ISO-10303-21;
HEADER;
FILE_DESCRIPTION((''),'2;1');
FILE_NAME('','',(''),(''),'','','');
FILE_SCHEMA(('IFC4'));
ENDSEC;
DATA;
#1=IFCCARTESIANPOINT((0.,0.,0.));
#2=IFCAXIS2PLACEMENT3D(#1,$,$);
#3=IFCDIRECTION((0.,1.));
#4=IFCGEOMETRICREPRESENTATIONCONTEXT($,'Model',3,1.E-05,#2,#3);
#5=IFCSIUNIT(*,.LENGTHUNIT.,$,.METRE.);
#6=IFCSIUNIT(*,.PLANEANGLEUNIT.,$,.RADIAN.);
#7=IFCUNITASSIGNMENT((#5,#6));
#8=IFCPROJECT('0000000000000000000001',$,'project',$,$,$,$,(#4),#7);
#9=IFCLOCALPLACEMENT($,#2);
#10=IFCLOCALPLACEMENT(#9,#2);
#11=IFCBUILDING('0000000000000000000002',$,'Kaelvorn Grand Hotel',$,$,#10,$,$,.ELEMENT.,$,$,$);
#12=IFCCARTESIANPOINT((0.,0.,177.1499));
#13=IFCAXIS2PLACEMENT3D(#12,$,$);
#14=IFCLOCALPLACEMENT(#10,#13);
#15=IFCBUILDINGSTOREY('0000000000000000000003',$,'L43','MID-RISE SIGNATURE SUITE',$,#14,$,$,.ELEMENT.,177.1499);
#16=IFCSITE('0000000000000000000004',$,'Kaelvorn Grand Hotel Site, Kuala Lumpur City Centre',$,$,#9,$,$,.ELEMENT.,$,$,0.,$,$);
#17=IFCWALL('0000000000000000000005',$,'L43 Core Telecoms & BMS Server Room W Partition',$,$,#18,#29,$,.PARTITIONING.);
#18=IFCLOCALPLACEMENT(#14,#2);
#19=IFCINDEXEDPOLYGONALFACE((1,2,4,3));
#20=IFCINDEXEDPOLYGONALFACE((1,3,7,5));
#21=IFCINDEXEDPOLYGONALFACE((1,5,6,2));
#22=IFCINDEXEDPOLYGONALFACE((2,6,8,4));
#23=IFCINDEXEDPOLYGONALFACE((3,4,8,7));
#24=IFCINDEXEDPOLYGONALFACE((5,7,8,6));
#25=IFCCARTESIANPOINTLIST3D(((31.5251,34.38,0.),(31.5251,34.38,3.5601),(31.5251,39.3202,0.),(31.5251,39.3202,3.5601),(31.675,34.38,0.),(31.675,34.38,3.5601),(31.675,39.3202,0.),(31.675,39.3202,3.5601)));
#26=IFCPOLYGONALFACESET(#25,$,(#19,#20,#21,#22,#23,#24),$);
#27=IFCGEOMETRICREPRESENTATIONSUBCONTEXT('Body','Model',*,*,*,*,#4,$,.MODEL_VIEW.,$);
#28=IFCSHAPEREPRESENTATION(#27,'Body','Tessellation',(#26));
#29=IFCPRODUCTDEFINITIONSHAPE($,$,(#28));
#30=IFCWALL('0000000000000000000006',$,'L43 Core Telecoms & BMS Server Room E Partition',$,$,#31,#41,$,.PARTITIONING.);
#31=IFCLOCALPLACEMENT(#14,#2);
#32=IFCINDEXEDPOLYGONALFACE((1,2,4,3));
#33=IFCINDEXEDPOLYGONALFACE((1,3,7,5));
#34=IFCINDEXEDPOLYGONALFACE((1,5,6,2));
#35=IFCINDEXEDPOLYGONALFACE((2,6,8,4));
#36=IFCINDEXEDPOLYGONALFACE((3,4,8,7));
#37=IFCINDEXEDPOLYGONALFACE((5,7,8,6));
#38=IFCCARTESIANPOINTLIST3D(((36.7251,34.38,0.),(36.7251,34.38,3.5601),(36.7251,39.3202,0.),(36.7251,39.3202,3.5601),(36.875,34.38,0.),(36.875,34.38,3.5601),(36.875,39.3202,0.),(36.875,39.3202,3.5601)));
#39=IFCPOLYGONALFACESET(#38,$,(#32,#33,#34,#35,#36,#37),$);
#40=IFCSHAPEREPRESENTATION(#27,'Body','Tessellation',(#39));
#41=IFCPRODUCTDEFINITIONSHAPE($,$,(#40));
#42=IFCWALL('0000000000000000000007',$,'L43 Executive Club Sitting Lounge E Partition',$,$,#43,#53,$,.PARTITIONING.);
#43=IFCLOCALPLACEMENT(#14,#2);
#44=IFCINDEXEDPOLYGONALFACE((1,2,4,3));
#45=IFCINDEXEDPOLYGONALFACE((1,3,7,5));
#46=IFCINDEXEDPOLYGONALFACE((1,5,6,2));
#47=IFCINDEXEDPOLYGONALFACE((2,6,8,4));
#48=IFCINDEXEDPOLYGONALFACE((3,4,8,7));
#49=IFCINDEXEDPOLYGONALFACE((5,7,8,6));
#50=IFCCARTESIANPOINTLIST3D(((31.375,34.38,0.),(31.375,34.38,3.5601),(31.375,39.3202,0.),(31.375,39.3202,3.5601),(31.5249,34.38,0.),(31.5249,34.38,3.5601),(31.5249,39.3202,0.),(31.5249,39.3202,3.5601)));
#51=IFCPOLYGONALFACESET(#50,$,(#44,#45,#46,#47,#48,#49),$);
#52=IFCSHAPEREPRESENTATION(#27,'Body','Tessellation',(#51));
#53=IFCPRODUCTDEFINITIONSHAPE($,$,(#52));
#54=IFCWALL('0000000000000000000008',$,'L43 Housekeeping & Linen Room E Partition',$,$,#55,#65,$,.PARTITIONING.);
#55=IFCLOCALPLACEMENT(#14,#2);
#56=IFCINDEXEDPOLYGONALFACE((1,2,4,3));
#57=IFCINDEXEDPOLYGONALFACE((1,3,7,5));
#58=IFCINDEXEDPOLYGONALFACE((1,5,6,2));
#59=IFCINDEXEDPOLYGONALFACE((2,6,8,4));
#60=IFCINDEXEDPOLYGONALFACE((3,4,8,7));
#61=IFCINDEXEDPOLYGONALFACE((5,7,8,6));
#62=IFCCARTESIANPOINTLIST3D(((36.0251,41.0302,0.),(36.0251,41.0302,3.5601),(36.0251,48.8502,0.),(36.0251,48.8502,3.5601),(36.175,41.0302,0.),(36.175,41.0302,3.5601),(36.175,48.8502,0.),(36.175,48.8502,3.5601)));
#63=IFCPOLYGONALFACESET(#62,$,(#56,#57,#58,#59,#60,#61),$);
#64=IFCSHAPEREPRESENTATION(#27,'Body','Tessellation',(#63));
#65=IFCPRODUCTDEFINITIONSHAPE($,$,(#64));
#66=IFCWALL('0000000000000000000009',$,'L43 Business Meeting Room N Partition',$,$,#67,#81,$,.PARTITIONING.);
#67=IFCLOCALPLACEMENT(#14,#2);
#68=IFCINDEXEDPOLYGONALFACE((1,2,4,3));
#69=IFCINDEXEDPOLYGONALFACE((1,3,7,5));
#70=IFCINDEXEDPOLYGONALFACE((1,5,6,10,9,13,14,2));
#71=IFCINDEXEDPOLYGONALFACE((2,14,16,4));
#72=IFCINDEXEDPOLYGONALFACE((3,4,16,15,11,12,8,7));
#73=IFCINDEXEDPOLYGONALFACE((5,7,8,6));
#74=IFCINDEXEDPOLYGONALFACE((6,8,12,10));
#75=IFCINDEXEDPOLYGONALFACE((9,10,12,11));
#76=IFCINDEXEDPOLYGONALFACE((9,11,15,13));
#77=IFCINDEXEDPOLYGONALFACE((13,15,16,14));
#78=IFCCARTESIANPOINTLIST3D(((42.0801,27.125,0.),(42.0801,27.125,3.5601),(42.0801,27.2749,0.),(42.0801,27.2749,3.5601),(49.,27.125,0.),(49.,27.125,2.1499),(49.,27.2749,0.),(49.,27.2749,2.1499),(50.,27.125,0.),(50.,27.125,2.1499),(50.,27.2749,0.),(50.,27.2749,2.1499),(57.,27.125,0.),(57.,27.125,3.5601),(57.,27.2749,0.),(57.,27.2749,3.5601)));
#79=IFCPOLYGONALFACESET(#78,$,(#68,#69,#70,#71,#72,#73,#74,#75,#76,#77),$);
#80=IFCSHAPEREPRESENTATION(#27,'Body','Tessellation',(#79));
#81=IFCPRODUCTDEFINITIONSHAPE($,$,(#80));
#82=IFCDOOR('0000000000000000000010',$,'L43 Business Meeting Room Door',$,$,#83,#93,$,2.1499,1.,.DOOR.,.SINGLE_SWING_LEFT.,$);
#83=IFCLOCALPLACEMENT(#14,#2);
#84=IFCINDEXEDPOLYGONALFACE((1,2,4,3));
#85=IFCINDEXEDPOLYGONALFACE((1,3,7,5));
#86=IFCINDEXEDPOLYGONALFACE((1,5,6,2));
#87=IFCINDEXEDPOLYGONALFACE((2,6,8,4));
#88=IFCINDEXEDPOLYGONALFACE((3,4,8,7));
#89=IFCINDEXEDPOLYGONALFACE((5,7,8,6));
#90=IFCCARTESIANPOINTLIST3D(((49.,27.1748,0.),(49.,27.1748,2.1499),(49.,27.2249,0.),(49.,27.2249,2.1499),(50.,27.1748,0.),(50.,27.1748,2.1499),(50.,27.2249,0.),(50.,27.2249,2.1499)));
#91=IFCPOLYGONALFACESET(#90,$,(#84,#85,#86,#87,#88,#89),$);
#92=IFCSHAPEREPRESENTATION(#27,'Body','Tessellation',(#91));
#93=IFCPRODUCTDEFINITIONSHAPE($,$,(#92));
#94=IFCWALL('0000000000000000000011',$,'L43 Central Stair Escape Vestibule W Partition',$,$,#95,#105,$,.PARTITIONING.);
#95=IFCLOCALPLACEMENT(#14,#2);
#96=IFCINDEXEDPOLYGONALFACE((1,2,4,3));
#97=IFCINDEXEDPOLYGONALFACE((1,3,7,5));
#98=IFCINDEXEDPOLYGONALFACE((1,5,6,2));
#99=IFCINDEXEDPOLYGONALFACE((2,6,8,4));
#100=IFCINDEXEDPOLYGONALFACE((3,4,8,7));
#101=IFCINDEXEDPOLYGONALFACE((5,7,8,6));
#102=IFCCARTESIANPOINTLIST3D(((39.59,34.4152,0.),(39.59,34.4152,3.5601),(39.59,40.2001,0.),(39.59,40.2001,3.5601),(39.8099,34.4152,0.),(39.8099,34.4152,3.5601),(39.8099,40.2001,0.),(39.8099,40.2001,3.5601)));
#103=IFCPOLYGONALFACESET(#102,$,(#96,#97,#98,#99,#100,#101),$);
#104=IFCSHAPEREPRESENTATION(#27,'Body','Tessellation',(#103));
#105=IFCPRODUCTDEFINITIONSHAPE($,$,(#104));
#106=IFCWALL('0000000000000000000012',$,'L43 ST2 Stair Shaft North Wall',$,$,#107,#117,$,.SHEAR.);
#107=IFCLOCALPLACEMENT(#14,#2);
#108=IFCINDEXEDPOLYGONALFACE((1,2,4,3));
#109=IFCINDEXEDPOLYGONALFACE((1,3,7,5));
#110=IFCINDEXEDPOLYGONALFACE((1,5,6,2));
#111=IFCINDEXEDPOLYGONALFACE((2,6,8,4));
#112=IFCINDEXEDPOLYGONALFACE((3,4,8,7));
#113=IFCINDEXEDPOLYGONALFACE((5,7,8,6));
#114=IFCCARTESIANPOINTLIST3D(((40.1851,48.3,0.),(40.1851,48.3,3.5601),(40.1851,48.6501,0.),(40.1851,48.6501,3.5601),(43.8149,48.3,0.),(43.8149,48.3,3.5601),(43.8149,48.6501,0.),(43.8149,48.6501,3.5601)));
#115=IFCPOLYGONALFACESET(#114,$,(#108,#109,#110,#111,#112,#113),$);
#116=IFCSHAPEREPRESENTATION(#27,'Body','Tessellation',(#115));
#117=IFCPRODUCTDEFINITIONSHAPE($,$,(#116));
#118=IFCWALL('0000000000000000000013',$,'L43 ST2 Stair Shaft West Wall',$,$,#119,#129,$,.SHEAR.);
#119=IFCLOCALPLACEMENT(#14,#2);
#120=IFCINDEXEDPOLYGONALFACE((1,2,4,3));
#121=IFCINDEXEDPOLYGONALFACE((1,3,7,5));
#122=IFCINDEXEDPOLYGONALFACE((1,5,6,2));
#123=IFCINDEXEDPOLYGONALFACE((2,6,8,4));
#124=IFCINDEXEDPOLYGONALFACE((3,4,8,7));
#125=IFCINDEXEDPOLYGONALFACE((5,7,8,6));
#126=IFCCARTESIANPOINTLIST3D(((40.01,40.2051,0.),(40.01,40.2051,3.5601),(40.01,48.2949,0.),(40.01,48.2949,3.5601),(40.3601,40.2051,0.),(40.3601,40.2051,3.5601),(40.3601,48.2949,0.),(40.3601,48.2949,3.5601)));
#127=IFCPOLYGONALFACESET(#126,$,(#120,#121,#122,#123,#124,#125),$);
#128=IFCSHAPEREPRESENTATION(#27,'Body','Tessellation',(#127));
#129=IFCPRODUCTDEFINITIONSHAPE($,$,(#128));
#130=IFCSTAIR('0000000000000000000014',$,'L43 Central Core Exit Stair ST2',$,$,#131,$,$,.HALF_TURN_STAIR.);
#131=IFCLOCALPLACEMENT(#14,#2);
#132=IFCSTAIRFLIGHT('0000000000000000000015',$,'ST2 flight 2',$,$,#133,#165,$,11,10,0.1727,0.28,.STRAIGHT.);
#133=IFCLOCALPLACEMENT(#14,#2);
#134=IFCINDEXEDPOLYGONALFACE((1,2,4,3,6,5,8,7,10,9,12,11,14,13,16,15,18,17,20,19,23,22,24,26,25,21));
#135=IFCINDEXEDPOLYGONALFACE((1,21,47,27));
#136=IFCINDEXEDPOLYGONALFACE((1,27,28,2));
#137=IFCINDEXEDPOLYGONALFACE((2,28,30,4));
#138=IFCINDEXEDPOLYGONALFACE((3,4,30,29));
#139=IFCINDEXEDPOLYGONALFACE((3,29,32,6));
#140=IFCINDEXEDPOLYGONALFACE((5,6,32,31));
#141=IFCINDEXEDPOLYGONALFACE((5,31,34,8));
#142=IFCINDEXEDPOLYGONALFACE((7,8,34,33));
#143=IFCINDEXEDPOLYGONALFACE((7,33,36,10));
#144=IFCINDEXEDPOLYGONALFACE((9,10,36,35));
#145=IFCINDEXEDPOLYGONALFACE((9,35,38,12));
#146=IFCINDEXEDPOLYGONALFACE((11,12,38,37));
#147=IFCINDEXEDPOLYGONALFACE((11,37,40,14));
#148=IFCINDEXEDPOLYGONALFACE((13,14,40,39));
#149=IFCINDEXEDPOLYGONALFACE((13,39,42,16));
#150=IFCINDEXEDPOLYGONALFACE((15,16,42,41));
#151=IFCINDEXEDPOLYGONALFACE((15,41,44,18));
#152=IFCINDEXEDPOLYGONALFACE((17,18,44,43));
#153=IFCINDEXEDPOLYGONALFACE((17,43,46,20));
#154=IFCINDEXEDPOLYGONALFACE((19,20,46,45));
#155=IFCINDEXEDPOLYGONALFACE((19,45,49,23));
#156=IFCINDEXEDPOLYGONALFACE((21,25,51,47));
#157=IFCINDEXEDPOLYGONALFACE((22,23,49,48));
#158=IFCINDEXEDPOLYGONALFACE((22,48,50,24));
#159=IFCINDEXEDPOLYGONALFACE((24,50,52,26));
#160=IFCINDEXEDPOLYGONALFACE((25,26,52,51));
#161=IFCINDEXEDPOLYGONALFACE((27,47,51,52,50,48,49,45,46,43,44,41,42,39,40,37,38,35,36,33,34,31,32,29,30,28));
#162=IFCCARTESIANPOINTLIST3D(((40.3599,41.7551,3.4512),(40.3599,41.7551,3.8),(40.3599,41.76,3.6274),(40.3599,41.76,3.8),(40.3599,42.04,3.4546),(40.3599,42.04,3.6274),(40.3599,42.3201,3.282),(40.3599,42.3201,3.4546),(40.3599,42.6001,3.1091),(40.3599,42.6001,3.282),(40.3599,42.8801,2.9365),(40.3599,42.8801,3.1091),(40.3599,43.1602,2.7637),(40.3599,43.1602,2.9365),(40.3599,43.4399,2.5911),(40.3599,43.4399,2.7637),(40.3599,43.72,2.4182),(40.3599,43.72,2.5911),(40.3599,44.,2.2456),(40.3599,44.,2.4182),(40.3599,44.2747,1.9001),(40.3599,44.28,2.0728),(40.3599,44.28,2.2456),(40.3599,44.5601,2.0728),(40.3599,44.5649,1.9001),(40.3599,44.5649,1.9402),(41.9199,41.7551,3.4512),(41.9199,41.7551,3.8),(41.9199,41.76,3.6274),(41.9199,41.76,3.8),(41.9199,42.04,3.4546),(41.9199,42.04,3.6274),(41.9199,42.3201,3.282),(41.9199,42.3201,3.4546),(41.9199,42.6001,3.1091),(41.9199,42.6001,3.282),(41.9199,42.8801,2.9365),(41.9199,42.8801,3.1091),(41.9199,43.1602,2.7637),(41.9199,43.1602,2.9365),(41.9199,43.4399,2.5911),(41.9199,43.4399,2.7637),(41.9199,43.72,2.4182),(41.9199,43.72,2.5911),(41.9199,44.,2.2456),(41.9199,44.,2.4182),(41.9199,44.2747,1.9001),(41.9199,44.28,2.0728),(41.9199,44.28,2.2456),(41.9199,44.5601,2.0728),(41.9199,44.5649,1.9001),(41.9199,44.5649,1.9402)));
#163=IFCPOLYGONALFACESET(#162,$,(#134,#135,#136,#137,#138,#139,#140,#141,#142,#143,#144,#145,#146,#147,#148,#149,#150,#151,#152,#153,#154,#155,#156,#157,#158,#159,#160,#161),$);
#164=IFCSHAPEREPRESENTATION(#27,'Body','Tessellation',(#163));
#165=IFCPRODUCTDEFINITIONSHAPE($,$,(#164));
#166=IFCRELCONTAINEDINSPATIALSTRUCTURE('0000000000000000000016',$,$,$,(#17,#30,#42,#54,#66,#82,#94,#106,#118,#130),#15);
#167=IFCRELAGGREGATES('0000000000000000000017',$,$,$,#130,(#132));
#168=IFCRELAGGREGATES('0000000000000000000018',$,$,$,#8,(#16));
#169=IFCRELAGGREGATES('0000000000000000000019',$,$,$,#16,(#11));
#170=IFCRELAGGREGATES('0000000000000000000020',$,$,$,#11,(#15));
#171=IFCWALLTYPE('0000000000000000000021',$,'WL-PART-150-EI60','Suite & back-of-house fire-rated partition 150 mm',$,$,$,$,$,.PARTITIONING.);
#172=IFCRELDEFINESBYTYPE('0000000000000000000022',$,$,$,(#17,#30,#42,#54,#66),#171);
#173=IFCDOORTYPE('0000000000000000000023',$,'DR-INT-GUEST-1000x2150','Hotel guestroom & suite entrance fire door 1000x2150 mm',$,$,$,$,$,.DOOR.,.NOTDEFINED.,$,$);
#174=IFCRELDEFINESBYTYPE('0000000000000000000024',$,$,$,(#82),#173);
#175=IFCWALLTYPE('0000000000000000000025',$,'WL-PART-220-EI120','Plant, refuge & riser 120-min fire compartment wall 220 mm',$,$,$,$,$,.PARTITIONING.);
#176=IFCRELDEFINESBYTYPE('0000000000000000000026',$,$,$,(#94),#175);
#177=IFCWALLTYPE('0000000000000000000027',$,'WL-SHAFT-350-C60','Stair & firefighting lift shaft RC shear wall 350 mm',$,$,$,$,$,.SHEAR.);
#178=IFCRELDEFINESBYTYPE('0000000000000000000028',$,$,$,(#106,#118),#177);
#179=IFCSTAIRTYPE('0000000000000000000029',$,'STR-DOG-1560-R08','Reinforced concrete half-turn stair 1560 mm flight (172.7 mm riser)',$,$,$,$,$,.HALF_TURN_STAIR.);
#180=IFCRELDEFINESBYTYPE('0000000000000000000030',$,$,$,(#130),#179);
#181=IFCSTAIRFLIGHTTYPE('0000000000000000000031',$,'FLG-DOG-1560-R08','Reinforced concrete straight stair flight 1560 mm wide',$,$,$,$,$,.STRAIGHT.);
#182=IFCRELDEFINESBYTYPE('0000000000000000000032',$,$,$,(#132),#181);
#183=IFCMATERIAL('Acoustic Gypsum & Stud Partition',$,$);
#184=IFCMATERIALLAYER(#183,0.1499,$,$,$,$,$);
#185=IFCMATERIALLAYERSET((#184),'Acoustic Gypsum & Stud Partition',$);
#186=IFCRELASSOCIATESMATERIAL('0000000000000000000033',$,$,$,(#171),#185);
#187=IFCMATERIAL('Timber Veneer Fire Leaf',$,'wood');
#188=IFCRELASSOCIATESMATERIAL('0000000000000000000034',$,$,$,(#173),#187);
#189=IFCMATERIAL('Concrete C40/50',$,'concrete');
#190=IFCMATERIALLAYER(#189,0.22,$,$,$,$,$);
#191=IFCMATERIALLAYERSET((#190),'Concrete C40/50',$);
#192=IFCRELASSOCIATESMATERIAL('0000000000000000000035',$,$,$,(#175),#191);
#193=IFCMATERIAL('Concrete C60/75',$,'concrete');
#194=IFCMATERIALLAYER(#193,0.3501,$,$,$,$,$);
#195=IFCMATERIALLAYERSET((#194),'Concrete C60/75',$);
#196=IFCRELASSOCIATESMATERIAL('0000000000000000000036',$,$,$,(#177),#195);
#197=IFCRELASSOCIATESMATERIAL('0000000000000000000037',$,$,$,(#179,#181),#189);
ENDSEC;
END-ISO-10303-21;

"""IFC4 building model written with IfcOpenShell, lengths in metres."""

from ifc_helpers import new_model, si_unit, direction, frame, frame_2d, origin, place, context, subcontext, project, spatial, polyline, rectangle, outline, extrude, material, layer, layer_set, type_object, element, fill, aggregate, save


model = new_model("IFC4")

# Units and contexts
model_context = context("Model", 3, precision=1e-05, world=origin(), true_north=direction((0.0, 1.0)))
body_context = subcontext(model_context, "Body", "Model", "MODEL_VIEW")
ifc_project = project(units=[si_unit("LENGTHUNIT", "METRE"), si_unit("PLANEANGLEUNIT", "RADIAN")], contexts=[model_context])

# Site, building, storey
site_placement = place(None, origin())
site = spatial("IfcSite", under=ifc_project, at=site_placement, Name="Kaelvorn Grand Hotel Site, Kuala Lumpur City Centre", CompositionType="ELEMENT", RefElevation=0.0)
building_placement = place(site_placement, origin())
building = spatial("IfcBuilding", under=site, at=building_placement, Name="Kaelvorn Grand Hotel", CompositionType="ELEMENT")
storey_placement = place(building_placement, frame((0.0, 0.0, 177.1499)))
storey = spatial("IfcBuildingStorey", under=building, at=storey_placement, Name="L43", Description="MID-RISE SIGNATURE SUITE", CompositionType="ELEMENT", Elevation=177.1499)

# Shared definitions
ifc_material_1 = material(Name="Concrete C60/75", Category="concrete")

# Shared definitions
ifc_material_2 = material(Name="Acoustic Gypsum & Stud Partition")
ifc_layer_1 = layer(ifc_material_2, 0.1499)
ifc_layer_set_1 = layer_set([ifc_layer_1], Name="Acoustic Gypsum & Stud Partition")
wall_type_1 = type_object("IfcWallType", Name="WL-PART-150-EI60", Description="Suite & back-of-house fire-rated partition 150 mm", PredefinedType="PARTITIONING", material=ifc_layer_set_1)

# Walls
for number, where, z_axis, x_axis, name in (
    (1, (31.6001, 34.3799, 0.0), (0.0, 0.0, 1.0), (0.0, 1.0, 0.0), "L43 Core Telecoms & BMS Server Room W Partition"),
    (2, (36.8, 34.3799, 0.0), (0.0, 0.0, 1.0), (0.0, 1.0, 0.0), "L43 Core Telecoms & BMS Server Room E Partition"),
    (3, (31.45, 34.3799, 0.0), (0.0, 0.0, 1.0), (0.0, 1.0, 0.0), "L43 Executive Club Sitting Lounge E Partition"),
):
    element("IfcWall", number, at=place(storey_placement, frame(where, z_axis=z_axis, x_axis=x_axis)), inside=storey, type_object=wall_type_1, Name=name, PredefinedType="PARTITIONING", context=body_context, shape_type="SweptSolid", body=[
        extrude(rectangle(XDim=4.9402, YDim=0.1499, at=frame_2d((2.4702, 0.0))), origin(), (0.0, 0.0, 1.0), 3.5601),
    ])
wall_1_placement = place(storey_placement, frame((36.1001, 41.03, 0.0), z_axis=(0.0, 0.0, 1.0), x_axis=(0.0, 1.0, 0.0)))
element("IfcWall", 4, at=wall_1_placement, inside=storey, type_object=wall_type_1, Name="L43 Housekeeping & Linen Room E Partition", PredefinedType="PARTITIONING", context=body_context, shape_type="SweptSolid", body=[
    extrude(rectangle(XDim=7.8201, YDim=0.1499, at=frame_2d((3.9102, 0.0))), origin(), (0.0, 0.0, 1.0), 3.5601),
])

# Wall, opening, door
wall_2_placement = place(storey_placement, frame((42.0801, 27.2, 0.0), z_axis=(0.0, 0.0, 1.0), x_axis=(1.0, 0.0, 0.0)))
wall_2 = element("IfcWall", 5, at=wall_2_placement, inside=storey, type_object=wall_type_1, Name="L43 Business Meeting Room N Partition", PredefinedType="PARTITIONING", context=body_context, shape_type="SweptSolid", body=[
    extrude(rectangle(XDim=14.9199, YDim=0.1499, at=frame_2d((7.46, 0.0))), origin(), (0.0, 0.0, 1.0), 3.5601),
])
opening_1_placement = place(wall_2_placement, frame((6.9199, 0.0, 0.0)))
opening_1 = element("IfcOpeningElement", 6, at=opening_1_placement, cuts=wall_2, PredefinedType="OPENING", context=body_context, shape_type="SweptSolid", body=[
    extrude(rectangle(XDim=1.0, YDim=2.1499, at=frame_2d((0.5, 1.075))), frame((0.0, 0.085, 0.0), z_axis=(0.0, -1.0, 0.0), x_axis=(1.0, 0.0, 0.0)), (0.0, 0.0, 1.0), 0.1699),
])
ifc_material_3 = material(Name="Timber Veneer Fire Leaf", Category="wood")
door_type_1 = type_object("IfcDoorType", Name="DR-INT-GUEST-1000x2150", Description="Hotel guestroom & suite entrance fire door 1000x2150 mm", OperationType="NOTDEFINED", PredefinedType="DOOR", material=ifc_material_3)
door_1_placement = place(opening_1_placement, origin())
door_1 = element("IfcDoor", 7, at=door_1_placement, inside=storey, type_object=door_type_1, Name="L43 Business Meeting Room Door", OperationType="SINGLE_SWING_LEFT", OverallHeight=2.1499, OverallWidth=1.0, PredefinedType="DOOR", context=body_context, shape_type="SweptSolid", body=[
    extrude(rectangle(XDim=1.0, YDim=2.1499, at=frame_2d((0.5, 1.075))), frame((0.0, 0.0249, 0.0), z_axis=(0.0, -1.0, 0.0), x_axis=(1.0, 0.0, 0.0)), (0.0, 0.0, 1.0), 0.05),
])
fill(opening_1, door_1)
ifc_material_4 = material(Name="Concrete C40/50", Category="concrete")
ifc_layer_2 = layer(ifc_material_4, 0.22)
ifc_layer_set_2 = layer_set([ifc_layer_2], Name="Concrete C40/50")
wall_type_2 = type_object("IfcWallType", Name="WL-PART-220-EI120", Description="Plant, refuge & riser 120-min fire compartment wall 220 mm", PredefinedType="PARTITIONING", material=ifc_layer_set_2)

# Wall
wall_3_placement = place(storey_placement, frame((39.7, 34.415, 0.0), z_axis=(0.0, 0.0, 1.0), x_axis=(0.0, 1.0, 0.0)))
element("IfcWall", 8, at=wall_3_placement, inside=storey, type_object=wall_type_2, Name="L43 Central Stair Escape Vestibule W Partition", PredefinedType="PARTITIONING", context=body_context, shape_type="SweptSolid", body=[
    extrude(rectangle(XDim=5.7849, YDim=0.22, at=frame_2d((2.8926, 0.0))), origin(), (0.0, 0.0, 1.0), 3.5601),
])

# Shared definitions
ifc_layer_3 = layer(ifc_material_1, 0.3501)
ifc_layer_set_3 = layer_set([ifc_layer_3], Name="Concrete C60/75")
wall_type_3 = type_object("IfcWallType", Name="WL-SHAFT-350-C60", Description="Stair & firefighting lift shaft RC shear wall 350 mm", PredefinedType="SHEAR", material=ifc_layer_set_3)

# Walls
wall_4_placement = place(storey_placement, frame((40.1851, 48.4751, 0.0), z_axis=(0.0, 0.0, 1.0), x_axis=(1.0, 0.0, 0.0)))
element("IfcWall", 9, at=wall_4_placement, inside=storey, type_object=wall_type_3, Name="L43 ST2 Stair Shaft North Wall", PredefinedType="SHEAR", context=body_context, shape_type="SweptSolid", body=[
    extrude(rectangle(XDim=3.6299, YDim=0.3501, at=frame_2d((1.8149, 0.0))), origin(), (0.0, 0.0, 1.0), 3.5601),
])
wall_5_placement = place(storey_placement, frame((40.1851, 40.2051, 0.0), z_axis=(0.0, 0.0, 1.0), x_axis=(0.0, 1.0, 0.0)))
element("IfcWall", 10, at=wall_5_placement, inside=storey, type_object=wall_type_3, Name="L43 ST2 Stair Shaft West Wall", PredefinedType="SHEAR", context=body_context, shape_type="SweptSolid", body=[
    extrude(rectangle(XDim=8.0898, YDim=0.3501, at=frame_2d((4.0449, 0.0))), origin(), (0.0, 0.0, 1.0), 3.5601),
])

# Stair, stair flight
stair_type = type_object("IfcStairType", Name="STR-DOG-1560-R08", Description="Reinforced concrete half-turn stair 1560 mm flight (172.7 mm riser)", PredefinedType="HALF_TURN_STAIR", material=ifc_material_4)
stair_placement = place(storey_placement, origin())
stair = element("IfcStair", 11, at=stair_placement, inside=storey, type_object=stair_type, Name="L43 Central Core Exit Stair ST2", PredefinedType="HALF_TURN_STAIR")
stair_flight_type = type_object("IfcStairFlightType", Name="FLG-DOG-1560-R08", Description="Reinforced concrete straight stair flight 1560 mm wide", PredefinedType="STRAIGHT", material=ifc_material_4)
stair_flight_placement = place(storey_placement, frame((41.1399, 44.5601, 1.9001), z_axis=(0.0, 0.0, 1.0), x_axis=(0.0, -1.0, 0.0)))
stair_flight = element("IfcStairFlight", 12, at=stair_flight_placement, type_object=stair_flight_type, Name="ST2 flight 2", NumberOfRisers=11, NumberOfTreads=10, PredefinedType="STRAIGHT", RiserHeight=0.1727, TreadLength=0.28, context=body_context, shape_type="SweptSolid", body=[
    extrude(outline(polyline([(-0.0049, 0.0), (-0.0049, 0.04), (0.0, 0.1726), (0.28, 0.1726), (0.28, 0.3455), (0.5601, 0.3455), (0.5601, 0.5181), (0.8401, 0.5181), (0.8401, 0.6909), (1.1201, 0.6909), (1.1201, 0.8635), (1.3999, 0.8635), (1.3999, 1.0364), (1.6799, 1.0364), (1.6799, 1.209), (1.96, 1.209), (1.96, 1.3818), (2.24, 1.3818), (2.24, 1.5544), (2.52, 1.5544), (2.52, 1.7273), (2.8, 1.7273), (2.8, 1.8999), (2.8049, 1.8999), (2.8049, 1.551), (0.2854, 0.0), (-0.0049, 0.0)])), frame((0.0, 0.78, 0.0), z_axis=(0.0, -1.0, 0.0), x_axis=(1.0, 0.0, 0.0)), (0.0, 0.0, 1.0), 1.5601),
])
aggregate(stair, [stair_flight])

save(model, "model.ifc")
